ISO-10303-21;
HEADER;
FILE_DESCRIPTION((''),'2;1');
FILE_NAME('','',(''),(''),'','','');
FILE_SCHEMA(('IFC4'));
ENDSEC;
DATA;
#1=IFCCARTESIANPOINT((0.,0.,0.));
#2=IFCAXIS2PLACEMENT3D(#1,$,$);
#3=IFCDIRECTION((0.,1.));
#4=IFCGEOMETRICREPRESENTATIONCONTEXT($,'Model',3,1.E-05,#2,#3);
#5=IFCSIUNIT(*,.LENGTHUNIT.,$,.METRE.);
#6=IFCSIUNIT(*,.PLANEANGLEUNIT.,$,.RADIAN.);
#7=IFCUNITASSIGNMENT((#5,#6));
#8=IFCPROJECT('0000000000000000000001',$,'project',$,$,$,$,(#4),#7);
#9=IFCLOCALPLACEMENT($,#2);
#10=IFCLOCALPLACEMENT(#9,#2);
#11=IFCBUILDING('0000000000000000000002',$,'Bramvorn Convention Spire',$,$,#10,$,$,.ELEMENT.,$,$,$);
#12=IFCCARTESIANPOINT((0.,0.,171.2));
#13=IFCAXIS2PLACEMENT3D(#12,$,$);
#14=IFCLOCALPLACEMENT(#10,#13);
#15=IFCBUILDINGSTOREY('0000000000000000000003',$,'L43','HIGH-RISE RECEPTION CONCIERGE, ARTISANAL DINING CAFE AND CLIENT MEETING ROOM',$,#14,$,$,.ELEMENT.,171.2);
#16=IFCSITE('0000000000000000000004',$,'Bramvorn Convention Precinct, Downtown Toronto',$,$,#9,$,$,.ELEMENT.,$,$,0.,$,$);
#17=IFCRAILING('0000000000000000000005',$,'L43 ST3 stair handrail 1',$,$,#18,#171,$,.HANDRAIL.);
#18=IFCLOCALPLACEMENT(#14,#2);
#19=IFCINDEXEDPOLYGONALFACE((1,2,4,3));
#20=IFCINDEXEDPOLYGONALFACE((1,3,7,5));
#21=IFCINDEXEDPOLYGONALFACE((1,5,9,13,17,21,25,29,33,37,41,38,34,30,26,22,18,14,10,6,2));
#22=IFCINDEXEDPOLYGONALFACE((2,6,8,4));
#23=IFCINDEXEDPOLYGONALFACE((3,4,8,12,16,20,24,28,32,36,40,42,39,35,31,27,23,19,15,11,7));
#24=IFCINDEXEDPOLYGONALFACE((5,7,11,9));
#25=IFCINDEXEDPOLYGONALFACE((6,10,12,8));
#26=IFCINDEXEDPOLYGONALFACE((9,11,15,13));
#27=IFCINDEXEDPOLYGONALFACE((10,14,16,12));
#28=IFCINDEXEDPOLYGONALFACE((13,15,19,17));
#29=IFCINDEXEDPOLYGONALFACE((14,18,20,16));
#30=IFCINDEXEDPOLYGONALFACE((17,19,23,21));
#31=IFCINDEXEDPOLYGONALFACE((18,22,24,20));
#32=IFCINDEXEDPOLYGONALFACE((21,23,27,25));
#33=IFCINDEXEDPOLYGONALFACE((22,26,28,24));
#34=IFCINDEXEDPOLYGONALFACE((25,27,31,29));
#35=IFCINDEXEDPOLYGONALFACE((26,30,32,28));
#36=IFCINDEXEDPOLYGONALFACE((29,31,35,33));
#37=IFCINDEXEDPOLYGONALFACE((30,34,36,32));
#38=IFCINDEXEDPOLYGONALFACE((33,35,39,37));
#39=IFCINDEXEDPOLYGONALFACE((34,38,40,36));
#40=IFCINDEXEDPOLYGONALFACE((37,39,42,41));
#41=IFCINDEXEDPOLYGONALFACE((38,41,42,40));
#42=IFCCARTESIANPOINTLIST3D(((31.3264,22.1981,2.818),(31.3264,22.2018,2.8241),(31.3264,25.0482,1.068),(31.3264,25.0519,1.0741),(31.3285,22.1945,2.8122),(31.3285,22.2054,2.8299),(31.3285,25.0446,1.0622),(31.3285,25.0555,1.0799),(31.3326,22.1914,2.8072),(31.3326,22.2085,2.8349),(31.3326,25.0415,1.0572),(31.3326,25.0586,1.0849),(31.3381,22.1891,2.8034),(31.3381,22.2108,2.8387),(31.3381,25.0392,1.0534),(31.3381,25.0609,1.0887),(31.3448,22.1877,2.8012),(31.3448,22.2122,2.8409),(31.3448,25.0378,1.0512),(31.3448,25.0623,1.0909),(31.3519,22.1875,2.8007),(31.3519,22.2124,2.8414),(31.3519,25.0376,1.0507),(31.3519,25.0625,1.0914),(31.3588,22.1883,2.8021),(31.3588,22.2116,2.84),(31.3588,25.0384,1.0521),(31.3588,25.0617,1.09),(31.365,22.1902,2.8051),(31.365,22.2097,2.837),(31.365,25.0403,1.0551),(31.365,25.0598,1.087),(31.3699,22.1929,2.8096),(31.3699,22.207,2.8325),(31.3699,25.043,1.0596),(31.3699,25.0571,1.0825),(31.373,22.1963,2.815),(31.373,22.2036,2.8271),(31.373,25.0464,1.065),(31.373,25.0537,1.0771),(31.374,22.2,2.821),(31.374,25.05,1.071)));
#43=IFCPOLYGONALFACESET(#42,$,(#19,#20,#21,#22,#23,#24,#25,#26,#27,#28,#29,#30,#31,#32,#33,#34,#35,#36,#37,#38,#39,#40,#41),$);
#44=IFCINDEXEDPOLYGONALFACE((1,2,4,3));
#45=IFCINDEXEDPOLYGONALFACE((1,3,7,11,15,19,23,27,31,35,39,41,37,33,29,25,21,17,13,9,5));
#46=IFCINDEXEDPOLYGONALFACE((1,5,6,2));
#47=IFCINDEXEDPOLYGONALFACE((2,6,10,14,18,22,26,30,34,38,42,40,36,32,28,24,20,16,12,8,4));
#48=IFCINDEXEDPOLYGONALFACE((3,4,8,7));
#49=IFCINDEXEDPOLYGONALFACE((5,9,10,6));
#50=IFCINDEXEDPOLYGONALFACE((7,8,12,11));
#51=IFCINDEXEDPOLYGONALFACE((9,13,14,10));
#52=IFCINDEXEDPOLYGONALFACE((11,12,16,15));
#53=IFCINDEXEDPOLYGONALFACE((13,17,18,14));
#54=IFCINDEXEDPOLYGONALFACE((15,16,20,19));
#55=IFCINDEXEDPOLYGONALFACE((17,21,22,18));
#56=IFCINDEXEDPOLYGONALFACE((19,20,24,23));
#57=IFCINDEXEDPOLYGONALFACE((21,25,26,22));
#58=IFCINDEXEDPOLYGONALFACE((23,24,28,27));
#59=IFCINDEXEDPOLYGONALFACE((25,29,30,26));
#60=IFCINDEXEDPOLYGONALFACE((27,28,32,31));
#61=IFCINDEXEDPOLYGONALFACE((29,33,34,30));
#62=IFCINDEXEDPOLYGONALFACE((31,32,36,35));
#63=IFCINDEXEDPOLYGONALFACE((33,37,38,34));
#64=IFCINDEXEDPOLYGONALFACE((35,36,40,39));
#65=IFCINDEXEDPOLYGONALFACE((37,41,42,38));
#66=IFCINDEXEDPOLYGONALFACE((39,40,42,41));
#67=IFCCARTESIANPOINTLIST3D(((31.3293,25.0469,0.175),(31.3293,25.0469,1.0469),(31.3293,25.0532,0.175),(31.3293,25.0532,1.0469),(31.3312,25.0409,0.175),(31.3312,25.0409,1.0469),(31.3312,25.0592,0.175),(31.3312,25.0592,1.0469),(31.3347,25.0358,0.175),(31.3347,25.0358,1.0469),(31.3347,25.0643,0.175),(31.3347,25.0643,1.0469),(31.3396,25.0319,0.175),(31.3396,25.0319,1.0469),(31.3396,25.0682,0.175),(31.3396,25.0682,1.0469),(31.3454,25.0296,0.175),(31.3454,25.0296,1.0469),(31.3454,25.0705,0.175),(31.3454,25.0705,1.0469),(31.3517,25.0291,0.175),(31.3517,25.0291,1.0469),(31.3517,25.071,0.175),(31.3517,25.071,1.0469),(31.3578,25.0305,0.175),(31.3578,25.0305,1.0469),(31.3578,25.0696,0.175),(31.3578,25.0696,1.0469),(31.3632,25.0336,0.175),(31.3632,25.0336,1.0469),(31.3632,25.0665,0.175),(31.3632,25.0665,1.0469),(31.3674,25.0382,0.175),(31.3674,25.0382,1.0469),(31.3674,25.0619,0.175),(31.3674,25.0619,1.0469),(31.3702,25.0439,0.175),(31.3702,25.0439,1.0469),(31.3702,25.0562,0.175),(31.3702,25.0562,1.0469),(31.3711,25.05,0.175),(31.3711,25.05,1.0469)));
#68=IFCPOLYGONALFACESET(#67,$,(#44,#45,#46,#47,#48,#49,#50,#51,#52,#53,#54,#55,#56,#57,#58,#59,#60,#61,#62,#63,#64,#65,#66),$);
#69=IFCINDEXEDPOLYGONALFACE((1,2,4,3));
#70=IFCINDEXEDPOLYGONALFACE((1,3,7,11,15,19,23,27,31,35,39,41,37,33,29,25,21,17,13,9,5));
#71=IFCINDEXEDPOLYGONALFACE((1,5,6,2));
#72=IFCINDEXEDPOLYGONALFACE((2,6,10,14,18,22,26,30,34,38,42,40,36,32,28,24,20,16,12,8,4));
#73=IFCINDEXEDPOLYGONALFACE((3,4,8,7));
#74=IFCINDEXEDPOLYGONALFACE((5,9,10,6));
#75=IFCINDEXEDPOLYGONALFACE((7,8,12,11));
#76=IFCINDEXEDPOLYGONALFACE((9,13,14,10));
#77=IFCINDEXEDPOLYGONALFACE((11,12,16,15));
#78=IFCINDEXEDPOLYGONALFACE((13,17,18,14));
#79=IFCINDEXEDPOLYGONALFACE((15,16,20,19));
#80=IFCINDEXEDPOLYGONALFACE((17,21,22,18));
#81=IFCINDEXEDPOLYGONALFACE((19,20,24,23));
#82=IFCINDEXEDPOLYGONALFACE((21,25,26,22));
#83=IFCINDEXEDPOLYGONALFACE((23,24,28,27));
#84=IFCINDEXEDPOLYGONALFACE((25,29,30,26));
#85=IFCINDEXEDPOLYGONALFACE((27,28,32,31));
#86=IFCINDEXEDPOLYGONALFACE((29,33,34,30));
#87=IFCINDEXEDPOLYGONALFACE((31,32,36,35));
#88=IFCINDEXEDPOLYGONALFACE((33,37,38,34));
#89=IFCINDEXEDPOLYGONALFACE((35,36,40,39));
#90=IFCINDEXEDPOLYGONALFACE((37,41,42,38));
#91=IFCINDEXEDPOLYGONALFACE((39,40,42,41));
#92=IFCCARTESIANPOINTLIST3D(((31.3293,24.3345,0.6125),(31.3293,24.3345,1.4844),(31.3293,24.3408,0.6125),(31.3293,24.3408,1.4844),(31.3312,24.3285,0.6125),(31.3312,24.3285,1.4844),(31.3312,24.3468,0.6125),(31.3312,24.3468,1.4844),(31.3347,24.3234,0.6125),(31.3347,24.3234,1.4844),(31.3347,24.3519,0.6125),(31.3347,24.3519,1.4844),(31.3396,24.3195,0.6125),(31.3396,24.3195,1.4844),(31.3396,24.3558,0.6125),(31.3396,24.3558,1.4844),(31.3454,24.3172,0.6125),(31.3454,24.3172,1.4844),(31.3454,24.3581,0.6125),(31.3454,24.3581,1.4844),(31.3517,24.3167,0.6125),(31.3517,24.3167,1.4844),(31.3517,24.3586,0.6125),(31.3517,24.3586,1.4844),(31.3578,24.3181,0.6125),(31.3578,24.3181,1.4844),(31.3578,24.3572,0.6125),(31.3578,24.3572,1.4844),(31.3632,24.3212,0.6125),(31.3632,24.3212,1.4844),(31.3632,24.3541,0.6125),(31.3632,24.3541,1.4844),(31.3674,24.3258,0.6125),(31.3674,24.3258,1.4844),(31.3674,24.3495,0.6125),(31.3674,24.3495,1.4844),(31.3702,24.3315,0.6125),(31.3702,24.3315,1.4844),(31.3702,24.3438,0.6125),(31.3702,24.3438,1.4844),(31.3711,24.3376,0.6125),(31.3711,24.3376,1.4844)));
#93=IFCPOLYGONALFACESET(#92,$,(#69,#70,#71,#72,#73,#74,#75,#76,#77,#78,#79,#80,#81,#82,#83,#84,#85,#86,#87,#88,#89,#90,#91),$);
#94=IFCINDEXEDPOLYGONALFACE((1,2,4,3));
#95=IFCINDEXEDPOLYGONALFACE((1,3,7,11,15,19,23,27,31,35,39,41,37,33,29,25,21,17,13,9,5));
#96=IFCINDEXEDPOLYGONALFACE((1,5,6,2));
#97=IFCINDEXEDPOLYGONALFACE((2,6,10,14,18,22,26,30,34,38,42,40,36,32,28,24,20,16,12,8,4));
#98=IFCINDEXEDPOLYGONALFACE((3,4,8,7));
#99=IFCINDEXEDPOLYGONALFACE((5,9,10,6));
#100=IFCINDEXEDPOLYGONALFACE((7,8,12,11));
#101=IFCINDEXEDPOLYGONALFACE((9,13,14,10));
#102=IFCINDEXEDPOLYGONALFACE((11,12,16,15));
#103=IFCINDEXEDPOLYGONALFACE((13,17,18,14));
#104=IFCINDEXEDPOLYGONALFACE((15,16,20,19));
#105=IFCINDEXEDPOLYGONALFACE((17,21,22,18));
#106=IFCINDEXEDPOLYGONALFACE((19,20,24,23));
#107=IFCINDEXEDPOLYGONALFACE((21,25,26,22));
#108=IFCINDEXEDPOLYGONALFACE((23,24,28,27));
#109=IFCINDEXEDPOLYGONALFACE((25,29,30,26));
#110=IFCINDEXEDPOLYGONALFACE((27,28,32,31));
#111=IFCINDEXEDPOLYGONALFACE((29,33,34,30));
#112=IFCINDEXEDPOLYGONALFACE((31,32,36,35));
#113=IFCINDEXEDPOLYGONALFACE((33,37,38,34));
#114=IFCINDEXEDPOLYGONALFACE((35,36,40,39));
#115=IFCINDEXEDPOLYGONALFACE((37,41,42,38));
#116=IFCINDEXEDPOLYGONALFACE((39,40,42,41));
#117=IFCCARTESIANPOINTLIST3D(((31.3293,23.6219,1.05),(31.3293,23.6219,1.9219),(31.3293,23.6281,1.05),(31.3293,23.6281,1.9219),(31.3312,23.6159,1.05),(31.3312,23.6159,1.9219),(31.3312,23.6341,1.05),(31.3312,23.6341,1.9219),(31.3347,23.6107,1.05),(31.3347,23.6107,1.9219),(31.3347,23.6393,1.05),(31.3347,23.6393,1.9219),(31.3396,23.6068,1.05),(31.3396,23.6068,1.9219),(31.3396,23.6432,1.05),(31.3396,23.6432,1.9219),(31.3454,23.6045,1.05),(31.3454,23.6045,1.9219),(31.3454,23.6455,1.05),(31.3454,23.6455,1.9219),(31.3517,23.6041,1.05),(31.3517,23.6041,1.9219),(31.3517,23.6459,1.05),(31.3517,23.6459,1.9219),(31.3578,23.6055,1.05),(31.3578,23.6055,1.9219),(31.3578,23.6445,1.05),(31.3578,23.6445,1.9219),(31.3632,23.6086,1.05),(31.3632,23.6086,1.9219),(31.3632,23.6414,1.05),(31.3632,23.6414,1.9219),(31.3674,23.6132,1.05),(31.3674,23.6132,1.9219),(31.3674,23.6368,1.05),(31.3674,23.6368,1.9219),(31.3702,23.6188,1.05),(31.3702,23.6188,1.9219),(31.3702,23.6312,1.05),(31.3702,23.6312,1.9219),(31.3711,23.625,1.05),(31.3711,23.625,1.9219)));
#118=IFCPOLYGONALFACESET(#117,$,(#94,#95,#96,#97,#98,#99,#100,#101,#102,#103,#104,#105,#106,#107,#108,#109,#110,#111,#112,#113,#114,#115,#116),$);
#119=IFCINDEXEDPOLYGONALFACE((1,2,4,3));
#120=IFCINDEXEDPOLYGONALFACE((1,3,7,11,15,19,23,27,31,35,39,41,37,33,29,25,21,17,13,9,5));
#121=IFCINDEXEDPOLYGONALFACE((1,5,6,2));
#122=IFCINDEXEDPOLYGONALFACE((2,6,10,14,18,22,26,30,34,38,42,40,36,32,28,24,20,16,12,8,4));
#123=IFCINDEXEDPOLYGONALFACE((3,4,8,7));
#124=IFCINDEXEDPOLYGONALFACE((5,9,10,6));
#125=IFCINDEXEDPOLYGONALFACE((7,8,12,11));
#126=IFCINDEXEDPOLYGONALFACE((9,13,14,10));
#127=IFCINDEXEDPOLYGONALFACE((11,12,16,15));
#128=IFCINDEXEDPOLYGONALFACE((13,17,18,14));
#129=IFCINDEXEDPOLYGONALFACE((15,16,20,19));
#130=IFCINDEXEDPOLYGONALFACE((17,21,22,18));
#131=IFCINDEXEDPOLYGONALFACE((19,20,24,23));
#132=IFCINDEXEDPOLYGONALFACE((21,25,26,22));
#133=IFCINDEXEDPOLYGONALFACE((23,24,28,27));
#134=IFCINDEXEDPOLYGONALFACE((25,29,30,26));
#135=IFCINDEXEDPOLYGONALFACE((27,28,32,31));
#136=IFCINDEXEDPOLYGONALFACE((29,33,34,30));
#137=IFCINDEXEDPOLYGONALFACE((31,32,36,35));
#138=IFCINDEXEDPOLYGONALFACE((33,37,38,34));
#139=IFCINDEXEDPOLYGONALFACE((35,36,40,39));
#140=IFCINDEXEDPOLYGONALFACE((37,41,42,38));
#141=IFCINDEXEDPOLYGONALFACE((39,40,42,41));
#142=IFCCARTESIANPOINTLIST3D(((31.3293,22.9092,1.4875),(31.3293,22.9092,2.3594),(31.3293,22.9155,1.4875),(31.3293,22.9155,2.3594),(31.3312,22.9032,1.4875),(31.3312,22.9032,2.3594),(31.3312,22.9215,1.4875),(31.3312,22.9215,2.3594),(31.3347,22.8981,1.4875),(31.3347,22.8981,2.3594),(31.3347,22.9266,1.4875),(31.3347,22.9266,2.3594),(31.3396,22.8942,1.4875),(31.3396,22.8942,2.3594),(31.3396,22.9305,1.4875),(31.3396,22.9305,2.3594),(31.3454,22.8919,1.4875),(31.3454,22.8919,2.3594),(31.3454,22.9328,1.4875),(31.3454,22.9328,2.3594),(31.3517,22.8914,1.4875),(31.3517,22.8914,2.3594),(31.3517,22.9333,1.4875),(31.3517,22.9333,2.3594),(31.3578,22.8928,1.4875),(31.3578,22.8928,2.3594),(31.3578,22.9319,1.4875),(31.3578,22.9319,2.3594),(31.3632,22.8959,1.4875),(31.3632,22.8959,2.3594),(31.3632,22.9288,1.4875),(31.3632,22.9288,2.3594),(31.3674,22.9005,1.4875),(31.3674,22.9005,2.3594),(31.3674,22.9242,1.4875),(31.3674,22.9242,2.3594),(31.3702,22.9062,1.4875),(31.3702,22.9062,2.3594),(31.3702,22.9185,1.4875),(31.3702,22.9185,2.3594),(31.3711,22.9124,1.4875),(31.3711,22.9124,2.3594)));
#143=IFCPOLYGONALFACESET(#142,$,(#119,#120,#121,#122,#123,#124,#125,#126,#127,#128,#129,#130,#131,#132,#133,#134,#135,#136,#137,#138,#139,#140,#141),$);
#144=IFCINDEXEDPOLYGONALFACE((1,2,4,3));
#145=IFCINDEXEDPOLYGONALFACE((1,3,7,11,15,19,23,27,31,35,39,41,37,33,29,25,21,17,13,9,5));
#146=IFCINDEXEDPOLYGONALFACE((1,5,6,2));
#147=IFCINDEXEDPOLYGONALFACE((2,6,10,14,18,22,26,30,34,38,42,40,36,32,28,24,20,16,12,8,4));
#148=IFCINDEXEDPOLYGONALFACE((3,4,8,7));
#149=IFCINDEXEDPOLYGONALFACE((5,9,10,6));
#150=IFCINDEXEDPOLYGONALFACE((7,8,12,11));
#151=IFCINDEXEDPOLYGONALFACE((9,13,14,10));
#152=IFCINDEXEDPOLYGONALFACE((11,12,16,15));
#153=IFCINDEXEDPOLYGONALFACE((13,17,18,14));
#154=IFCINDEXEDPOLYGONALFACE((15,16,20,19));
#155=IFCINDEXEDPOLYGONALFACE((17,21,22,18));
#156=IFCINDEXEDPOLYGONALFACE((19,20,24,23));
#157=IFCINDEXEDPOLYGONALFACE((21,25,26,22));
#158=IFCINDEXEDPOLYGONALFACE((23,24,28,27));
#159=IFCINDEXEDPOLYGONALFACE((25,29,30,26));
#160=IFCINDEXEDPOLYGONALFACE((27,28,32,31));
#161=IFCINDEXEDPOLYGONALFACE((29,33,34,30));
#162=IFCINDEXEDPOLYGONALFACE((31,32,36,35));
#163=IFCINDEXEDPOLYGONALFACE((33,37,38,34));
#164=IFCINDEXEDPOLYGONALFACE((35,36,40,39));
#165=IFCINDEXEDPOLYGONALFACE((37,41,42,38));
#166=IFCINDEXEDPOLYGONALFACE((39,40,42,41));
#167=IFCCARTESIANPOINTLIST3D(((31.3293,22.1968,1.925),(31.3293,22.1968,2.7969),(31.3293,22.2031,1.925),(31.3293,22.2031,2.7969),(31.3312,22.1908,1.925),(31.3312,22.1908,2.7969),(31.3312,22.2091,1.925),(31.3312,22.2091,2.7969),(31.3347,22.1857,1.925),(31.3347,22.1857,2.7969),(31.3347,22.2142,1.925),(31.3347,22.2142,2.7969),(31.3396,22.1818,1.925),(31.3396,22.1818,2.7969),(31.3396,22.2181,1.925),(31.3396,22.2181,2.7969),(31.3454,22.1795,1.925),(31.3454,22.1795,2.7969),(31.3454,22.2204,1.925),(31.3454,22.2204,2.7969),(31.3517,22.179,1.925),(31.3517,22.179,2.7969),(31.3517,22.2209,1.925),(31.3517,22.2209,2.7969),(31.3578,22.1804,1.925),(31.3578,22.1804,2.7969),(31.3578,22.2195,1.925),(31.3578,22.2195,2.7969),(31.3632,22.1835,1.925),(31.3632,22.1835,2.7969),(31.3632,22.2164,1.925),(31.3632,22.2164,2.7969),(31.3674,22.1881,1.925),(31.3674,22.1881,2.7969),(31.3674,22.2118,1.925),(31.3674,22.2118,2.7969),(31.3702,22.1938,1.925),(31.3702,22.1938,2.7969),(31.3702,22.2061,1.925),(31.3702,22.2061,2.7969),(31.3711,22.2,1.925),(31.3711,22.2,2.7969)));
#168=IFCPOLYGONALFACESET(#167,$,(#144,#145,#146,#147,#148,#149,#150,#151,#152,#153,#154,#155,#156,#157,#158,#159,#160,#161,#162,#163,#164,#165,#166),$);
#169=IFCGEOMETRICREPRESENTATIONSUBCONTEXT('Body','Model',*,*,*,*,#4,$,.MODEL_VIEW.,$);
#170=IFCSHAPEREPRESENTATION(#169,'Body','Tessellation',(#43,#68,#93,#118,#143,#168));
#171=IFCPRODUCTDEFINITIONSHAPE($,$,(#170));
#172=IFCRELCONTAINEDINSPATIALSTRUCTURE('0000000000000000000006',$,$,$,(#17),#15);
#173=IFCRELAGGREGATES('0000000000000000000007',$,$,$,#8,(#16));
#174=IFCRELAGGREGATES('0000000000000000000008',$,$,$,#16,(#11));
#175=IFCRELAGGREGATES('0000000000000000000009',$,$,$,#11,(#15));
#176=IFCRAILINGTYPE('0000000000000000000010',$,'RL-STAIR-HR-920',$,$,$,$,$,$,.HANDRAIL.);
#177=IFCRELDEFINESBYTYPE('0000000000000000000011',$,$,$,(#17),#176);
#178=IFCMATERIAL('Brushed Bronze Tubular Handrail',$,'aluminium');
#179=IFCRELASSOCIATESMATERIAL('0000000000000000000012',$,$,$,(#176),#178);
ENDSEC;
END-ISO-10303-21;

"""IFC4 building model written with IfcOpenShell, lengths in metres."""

from ifc_helpers import new_model, si_unit, direction, frame, origin, origin_2d, place, context, subcontext, project, spatial, circle, extrude, material, type_object, element, save


model = new_model("IFC4")

# Units and contexts
model_context = context("Model", 3, precision=1e-05, world=origin(), true_north=direction((0.0, 1.0)))
body_context = subcontext(model_context, "Body", "Model", "MODEL_VIEW")
ifc_project = project(units=[si_unit("LENGTHUNIT", "METRE"), si_unit("PLANEANGLEUNIT", "RADIAN")], contexts=[model_context])

# Site, building, storey
site_placement = place(None, origin())
site = spatial("IfcSite", under=ifc_project, at=site_placement, Name="Bramvorn Convention Precinct, Downtown Toronto", CompositionType="ELEMENT", RefElevation=0.0)
building_placement = place(site_placement, origin())
building = spatial("IfcBuilding", under=site, at=building_placement, Name="Bramvorn Convention Spire", CompositionType="ELEMENT")
storey_placement = place(building_placement, frame((0.0, 0.0, 171.2)))
storey = spatial("IfcBuildingStorey", under=building, at=storey_placement, Name="L43", Description="HIGH-RISE RECEPTION CONCIERGE, ARTISANAL DINING CAFE AND CLIENT MEETING ROOM", CompositionType="ELEMENT", Elevation=171.2)

# Railing
ifc_material_1 = material(Name="Brushed Bronze Tubular Handrail", Category="aluminium")
railing_type_1 = type_object("IfcRailingType", Name="RL-STAIR-HR-920", PredefinedType="HANDRAIL", material=ifc_material_1)
railing_1_placement = place(storey_placement, frame((31.3501, 25.05, 0.175)))
element("IfcRailing", 1, at=railing_1_placement, inside=storey, type_object=railing_type_1, Name="L43 ST3 stair handrail 1", PredefinedType="HANDRAIL", context=body_context, shape_type="SweptSolid", body=[
    extrude(circle(Radius=0.0239, at=origin_2d()), frame((0.0, 0.0, 0.896), z_axis=(0.0, -0.852179, 0.52325), x_axis=(1.0, 0.0, 0.0)), (0.0, 0.0, 1.0), 3.3445),
    extrude(circle(Radius=0.021, at=origin_2d()), origin(), (0.0, 0.0, 1.0), 0.8718),
    extrude(circle(Radius=0.021, at=origin_2d()), frame((0.0, -0.7124, 0.4375)), (0.0, 0.0, 1.0), 0.8718),
    extrude(circle(Radius=0.021, at=origin_2d()), frame((0.0, -1.425, 0.875)), (0.0, 0.0, 1.0), 0.8718),
    extrude(circle(Radius=0.021, at=origin_2d()), frame((0.0, -2.1377, 1.3125)), (0.0, 0.0, 1.0), 0.8718),
    extrude(circle(Radius=0.021, at=origin_2d()), frame((0.0, -2.8501, 1.75)), (0.0, 0.0, 1.0), 0.8718),
])

save(model, "model.ifc")
